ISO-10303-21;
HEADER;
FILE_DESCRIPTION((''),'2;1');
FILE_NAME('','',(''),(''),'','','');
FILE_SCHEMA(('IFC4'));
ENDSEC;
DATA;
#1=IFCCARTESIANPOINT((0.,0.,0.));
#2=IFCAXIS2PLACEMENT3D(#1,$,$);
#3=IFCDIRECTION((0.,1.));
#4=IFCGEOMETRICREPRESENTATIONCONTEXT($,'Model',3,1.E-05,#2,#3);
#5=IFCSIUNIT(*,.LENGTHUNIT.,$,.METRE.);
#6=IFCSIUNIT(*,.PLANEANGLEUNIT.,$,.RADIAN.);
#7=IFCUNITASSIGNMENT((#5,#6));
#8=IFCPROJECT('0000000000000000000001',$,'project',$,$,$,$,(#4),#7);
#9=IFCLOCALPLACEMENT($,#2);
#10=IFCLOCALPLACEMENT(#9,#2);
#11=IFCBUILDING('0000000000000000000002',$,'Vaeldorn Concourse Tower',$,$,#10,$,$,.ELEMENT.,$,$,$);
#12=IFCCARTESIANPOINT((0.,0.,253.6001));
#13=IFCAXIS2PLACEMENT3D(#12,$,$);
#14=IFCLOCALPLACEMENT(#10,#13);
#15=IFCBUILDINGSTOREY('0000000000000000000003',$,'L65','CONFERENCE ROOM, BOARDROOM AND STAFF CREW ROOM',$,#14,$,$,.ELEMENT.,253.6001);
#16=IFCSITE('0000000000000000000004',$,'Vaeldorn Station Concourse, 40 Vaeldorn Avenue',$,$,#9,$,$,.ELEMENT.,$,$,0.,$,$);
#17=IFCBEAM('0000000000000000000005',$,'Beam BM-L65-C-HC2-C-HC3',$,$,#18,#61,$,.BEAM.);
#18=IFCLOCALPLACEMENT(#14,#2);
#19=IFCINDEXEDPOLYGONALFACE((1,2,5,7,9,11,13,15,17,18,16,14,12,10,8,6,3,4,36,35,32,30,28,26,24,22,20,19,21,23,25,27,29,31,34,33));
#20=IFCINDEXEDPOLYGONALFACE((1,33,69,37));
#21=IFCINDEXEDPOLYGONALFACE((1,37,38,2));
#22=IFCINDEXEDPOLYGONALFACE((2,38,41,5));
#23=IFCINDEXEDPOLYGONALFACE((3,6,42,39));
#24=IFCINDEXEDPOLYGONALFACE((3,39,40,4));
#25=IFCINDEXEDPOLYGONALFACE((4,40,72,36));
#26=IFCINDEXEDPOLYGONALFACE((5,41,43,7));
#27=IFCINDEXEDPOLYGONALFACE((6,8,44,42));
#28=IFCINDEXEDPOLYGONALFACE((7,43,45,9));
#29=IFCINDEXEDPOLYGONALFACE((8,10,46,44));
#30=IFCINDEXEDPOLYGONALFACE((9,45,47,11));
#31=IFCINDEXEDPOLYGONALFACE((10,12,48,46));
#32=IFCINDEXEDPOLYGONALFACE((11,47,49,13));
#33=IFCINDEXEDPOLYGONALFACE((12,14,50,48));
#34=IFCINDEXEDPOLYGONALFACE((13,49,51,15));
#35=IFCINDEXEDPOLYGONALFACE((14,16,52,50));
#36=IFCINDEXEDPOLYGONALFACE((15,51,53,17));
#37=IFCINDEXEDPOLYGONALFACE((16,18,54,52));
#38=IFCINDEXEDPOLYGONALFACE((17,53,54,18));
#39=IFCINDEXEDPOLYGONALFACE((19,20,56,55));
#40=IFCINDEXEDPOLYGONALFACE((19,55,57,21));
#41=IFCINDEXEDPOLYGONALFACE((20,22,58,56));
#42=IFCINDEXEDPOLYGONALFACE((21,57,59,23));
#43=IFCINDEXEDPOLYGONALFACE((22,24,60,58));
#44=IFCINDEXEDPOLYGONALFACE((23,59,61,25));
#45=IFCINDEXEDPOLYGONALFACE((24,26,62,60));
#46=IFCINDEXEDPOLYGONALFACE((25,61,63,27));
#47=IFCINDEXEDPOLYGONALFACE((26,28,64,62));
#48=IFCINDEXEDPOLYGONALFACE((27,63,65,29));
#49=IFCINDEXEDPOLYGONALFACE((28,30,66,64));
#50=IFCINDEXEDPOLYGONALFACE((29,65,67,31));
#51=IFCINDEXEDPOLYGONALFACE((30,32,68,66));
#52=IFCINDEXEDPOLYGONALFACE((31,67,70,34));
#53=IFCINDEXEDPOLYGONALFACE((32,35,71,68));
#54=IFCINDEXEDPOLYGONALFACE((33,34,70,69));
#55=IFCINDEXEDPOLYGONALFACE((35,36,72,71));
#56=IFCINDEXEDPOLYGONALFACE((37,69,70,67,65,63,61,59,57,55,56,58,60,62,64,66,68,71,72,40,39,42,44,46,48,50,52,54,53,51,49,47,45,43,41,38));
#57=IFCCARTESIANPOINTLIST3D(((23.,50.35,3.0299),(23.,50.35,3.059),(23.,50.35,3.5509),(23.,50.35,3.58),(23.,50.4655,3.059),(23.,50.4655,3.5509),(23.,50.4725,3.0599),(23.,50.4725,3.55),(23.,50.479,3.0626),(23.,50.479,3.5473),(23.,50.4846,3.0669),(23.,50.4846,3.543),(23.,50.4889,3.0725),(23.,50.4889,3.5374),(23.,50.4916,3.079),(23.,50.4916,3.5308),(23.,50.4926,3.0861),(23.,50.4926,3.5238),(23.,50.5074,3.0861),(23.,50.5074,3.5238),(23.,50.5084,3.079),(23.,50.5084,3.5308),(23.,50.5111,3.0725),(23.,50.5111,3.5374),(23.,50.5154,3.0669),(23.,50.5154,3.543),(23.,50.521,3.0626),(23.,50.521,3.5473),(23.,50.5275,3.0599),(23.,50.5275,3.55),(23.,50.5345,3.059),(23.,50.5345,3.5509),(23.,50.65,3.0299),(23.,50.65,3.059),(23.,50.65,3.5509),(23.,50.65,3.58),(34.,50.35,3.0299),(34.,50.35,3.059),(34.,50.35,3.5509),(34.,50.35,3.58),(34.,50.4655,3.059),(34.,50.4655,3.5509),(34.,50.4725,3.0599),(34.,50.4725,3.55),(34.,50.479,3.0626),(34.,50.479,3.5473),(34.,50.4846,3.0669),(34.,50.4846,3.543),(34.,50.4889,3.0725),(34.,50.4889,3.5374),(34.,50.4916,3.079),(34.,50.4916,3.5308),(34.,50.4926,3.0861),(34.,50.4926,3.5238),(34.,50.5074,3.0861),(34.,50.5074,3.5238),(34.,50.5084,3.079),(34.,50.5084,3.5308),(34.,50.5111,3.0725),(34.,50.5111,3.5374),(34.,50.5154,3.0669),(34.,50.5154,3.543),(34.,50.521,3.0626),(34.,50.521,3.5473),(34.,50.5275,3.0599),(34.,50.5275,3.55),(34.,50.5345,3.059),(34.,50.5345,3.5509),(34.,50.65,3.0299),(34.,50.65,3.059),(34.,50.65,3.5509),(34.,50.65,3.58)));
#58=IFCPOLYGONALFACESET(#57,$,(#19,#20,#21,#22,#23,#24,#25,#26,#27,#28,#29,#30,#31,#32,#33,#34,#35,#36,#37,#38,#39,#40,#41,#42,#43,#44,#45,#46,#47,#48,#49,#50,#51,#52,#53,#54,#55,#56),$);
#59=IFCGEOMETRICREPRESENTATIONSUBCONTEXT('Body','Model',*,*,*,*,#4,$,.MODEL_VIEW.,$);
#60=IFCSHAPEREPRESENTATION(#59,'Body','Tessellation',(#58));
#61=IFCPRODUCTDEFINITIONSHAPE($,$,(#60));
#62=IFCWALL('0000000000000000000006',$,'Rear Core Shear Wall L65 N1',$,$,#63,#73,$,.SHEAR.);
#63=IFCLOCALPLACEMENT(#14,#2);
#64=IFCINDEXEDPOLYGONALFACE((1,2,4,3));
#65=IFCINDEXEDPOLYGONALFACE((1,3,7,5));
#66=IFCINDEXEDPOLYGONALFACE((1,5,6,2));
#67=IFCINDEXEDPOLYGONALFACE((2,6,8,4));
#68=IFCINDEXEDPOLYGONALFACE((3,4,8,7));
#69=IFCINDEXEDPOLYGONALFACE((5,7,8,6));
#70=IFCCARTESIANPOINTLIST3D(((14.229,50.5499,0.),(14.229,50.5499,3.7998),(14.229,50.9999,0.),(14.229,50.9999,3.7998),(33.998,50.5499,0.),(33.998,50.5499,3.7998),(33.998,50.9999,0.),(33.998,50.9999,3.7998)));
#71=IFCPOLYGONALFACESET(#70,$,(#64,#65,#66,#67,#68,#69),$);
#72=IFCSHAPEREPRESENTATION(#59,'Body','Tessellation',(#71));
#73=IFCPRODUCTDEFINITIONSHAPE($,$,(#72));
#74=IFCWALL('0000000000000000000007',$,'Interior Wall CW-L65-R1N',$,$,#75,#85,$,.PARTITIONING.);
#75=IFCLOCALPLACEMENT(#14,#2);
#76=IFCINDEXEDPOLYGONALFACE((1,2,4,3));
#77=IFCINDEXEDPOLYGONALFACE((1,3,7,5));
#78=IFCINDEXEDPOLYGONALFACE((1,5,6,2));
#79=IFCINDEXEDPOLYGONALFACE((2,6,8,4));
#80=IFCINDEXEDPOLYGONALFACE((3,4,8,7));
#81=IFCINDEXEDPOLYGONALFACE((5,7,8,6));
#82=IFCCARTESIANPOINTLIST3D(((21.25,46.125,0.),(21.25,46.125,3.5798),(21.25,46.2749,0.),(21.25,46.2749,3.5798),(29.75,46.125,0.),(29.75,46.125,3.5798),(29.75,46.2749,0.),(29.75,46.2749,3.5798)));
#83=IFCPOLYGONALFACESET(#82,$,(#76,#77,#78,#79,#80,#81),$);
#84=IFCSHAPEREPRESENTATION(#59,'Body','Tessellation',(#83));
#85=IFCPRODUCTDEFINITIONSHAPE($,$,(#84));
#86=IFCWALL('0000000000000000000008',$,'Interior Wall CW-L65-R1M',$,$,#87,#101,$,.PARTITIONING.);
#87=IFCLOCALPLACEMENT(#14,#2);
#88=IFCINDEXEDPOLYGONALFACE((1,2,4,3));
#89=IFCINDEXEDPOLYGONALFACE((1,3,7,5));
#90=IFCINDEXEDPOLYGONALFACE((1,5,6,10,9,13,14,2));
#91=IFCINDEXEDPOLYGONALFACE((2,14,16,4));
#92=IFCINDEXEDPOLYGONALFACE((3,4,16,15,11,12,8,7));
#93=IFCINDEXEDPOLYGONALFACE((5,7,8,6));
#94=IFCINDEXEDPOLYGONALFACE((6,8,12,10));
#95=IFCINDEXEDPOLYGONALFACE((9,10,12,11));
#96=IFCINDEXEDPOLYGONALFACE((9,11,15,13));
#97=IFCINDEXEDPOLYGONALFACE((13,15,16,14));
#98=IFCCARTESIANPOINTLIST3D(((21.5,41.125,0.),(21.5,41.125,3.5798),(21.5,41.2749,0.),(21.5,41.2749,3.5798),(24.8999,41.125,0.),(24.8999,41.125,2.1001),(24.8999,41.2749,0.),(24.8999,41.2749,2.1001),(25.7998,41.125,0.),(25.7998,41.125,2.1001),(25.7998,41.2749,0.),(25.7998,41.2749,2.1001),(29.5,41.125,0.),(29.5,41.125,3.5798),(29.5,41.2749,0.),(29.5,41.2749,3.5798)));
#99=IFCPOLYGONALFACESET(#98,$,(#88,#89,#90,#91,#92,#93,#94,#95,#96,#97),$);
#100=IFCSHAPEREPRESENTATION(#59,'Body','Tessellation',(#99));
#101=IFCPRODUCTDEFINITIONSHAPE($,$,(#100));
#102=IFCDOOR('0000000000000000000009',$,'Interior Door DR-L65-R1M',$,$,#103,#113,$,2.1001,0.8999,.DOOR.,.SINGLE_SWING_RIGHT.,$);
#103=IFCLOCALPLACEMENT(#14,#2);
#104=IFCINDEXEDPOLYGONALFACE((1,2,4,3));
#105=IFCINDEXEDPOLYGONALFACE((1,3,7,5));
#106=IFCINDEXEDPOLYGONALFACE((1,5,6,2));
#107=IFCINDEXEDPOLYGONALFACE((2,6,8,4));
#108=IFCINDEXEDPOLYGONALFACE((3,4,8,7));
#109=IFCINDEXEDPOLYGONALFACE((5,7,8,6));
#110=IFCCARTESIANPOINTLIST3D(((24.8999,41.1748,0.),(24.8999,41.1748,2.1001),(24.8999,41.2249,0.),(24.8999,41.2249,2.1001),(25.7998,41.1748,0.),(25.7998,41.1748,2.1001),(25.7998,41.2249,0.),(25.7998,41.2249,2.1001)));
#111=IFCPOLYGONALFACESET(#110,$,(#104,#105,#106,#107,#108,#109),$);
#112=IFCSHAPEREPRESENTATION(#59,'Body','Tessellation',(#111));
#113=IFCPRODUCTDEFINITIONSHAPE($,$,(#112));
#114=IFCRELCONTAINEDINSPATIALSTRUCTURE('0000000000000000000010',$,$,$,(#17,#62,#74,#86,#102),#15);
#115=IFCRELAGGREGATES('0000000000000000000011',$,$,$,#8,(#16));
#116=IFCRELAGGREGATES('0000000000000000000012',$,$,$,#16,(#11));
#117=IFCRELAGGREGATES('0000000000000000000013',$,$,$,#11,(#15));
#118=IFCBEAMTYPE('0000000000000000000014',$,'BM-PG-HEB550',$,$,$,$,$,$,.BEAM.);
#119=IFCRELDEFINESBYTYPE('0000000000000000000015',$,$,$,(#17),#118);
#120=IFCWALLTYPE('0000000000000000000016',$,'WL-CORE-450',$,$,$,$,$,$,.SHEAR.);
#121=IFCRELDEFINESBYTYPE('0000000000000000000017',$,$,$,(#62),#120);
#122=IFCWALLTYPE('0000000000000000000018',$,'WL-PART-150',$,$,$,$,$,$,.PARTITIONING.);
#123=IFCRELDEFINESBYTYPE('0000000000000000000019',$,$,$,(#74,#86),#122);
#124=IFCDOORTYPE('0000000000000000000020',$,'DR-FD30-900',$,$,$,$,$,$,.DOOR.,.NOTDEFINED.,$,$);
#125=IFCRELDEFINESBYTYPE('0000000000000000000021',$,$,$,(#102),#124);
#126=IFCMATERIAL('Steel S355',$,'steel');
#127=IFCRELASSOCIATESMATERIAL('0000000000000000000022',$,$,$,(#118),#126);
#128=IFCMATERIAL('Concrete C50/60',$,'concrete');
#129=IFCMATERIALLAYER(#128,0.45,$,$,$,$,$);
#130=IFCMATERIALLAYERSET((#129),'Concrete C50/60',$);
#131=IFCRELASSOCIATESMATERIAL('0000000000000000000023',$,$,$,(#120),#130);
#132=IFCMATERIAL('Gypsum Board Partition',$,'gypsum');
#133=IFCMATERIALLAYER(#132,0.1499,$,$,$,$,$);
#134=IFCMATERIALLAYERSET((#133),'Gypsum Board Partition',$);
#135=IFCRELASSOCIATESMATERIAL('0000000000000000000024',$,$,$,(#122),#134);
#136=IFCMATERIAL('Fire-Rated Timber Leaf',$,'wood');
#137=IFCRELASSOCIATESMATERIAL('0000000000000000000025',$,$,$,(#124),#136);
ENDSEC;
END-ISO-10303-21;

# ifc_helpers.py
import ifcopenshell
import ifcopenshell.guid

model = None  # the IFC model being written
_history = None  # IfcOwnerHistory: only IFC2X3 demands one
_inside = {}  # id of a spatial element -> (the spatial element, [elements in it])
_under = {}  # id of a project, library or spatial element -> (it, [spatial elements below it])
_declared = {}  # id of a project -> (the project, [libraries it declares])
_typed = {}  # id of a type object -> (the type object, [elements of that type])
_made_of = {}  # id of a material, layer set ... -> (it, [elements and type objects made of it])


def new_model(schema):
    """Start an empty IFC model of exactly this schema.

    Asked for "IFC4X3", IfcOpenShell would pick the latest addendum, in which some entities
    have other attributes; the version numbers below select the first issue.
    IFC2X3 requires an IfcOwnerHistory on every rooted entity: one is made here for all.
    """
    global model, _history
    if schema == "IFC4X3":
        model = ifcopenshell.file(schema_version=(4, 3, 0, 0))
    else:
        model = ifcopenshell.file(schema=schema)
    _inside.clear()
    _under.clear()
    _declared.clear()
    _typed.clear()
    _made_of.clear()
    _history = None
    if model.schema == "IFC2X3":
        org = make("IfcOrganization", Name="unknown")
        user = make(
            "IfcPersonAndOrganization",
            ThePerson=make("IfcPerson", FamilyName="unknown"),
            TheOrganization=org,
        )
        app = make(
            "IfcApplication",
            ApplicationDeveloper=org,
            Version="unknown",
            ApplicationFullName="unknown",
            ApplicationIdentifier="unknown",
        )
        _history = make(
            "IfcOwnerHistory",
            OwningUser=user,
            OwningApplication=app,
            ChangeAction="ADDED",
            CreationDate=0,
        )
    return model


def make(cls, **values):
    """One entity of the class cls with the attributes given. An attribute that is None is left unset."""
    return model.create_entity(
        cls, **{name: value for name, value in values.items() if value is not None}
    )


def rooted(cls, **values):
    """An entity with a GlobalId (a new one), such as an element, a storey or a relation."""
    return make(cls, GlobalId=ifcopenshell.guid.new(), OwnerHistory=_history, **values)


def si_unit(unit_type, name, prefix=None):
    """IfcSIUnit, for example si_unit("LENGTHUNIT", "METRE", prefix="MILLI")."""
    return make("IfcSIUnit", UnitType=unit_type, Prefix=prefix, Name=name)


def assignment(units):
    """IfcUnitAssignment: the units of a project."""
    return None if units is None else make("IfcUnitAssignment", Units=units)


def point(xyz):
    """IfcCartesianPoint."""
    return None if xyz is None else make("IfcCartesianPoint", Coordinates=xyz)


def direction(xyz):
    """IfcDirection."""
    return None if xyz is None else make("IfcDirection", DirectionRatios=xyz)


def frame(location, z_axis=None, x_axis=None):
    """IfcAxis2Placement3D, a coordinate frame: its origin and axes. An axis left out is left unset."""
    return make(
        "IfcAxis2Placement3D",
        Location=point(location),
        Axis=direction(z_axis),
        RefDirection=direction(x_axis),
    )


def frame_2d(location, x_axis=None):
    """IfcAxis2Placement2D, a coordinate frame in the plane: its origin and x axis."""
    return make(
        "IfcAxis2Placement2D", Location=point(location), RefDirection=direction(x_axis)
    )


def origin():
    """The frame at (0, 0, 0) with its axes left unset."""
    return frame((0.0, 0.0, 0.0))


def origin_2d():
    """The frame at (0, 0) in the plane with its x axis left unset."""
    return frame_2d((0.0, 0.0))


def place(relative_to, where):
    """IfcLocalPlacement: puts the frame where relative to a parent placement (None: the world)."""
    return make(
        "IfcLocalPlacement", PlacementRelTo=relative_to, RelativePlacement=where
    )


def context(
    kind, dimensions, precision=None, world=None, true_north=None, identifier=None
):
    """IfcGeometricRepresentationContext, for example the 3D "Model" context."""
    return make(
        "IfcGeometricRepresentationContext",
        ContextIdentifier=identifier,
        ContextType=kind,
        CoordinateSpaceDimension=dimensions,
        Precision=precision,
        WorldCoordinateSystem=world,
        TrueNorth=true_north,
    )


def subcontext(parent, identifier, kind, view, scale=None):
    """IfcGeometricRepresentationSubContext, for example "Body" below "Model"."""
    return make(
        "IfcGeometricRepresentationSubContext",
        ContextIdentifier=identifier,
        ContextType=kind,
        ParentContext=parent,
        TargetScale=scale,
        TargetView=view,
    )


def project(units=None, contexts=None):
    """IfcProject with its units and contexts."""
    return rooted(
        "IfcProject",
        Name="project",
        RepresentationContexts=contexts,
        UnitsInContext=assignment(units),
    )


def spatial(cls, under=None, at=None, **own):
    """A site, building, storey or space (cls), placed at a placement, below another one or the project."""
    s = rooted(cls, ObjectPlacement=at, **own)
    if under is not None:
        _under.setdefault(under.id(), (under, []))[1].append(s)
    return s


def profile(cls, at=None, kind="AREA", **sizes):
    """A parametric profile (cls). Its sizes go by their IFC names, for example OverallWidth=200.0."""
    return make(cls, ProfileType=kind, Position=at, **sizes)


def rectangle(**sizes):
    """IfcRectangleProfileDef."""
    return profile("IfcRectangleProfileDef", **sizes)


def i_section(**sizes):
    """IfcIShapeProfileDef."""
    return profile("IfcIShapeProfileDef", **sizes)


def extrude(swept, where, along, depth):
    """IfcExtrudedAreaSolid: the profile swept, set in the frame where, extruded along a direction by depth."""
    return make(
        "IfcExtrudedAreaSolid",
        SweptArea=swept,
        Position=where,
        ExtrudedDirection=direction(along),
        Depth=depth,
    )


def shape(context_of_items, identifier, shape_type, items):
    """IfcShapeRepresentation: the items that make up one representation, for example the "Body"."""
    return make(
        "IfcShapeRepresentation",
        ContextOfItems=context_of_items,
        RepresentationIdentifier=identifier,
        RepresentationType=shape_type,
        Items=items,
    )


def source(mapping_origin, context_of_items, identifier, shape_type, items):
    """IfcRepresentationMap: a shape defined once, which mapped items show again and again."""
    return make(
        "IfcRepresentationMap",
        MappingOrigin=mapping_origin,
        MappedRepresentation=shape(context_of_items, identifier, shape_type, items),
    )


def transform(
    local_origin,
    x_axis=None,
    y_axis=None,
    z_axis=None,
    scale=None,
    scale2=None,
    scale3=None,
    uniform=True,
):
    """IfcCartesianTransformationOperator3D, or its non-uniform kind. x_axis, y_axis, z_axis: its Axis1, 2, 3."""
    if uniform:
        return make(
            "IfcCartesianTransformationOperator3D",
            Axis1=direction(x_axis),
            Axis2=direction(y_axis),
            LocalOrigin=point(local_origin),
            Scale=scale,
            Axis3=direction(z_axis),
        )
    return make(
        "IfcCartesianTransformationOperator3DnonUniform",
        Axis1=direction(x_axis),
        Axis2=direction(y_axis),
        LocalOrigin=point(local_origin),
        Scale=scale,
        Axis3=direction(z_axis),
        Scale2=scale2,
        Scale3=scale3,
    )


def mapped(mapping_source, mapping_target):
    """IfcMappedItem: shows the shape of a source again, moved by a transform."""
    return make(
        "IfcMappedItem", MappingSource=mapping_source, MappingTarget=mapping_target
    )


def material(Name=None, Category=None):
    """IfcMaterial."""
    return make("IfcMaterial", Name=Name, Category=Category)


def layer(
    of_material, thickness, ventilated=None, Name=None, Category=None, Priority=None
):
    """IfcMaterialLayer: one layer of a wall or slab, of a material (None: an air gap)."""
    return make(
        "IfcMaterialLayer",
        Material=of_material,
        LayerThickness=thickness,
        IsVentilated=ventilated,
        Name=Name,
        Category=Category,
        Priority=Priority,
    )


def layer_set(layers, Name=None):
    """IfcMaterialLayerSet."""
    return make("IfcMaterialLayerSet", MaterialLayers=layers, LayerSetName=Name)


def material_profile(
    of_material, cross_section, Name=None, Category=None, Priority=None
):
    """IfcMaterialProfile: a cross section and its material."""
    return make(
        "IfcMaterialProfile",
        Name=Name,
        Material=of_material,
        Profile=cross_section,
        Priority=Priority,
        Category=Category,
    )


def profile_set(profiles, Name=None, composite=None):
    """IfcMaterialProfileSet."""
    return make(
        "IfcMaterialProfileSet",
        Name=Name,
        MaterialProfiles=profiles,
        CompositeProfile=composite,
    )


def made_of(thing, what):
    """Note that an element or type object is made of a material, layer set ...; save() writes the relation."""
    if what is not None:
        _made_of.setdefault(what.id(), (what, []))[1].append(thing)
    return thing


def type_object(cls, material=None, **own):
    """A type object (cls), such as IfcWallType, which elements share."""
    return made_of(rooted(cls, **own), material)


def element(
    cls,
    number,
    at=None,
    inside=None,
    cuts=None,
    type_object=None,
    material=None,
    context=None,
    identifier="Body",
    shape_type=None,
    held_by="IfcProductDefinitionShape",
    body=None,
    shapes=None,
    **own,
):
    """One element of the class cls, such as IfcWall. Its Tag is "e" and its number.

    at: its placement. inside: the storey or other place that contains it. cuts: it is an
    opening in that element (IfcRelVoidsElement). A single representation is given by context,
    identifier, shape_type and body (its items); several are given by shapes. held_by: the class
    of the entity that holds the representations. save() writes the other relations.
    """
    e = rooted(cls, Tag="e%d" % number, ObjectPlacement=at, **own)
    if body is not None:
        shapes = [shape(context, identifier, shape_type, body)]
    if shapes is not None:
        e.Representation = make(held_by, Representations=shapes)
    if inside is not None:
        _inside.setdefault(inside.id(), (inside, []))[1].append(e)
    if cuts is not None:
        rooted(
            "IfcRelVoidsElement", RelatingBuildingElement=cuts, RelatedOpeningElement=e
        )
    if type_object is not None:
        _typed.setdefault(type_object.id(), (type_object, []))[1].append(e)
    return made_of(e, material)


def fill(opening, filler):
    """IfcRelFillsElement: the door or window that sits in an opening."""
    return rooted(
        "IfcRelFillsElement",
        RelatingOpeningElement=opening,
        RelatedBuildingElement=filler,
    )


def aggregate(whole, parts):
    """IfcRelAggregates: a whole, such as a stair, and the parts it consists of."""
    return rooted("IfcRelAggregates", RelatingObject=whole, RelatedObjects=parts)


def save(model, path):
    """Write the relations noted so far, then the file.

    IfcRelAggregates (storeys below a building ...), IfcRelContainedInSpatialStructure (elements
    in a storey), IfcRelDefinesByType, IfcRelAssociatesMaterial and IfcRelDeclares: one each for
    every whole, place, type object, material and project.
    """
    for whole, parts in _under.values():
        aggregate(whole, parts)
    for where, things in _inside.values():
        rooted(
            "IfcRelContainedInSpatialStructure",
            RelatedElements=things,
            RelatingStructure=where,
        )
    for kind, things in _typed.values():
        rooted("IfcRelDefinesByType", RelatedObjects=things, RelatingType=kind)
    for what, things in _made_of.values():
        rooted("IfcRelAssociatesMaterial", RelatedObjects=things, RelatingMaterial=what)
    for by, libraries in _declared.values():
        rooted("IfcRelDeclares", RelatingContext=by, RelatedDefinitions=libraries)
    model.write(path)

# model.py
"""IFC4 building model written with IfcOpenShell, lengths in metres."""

from ifc_helpers import new_model, si_unit, direction, frame, frame_2d, origin, origin_2d, place, context, subcontext, project, spatial, rectangle, i_section, extrude, source, transform, mapped, material, layer, layer_set, material_profile, profile_set, type_object, element, fill, save


model = new_model("IFC4")

# Units and contexts
model_context = context("Model", 3, precision=1e-05, world=origin(), true_north=direction((0.0, 1.0)))
body_context = subcontext(model_context, "Body", "Model", "MODEL_VIEW")
ifc_project = project(units=[si_unit("LENGTHUNIT", "METRE"), si_unit("PLANEANGLEUNIT", "RADIAN")], contexts=[model_context])

# Site, building, storey
site_placement = place(None, origin())
site = spatial("IfcSite", under=ifc_project, at=site_placement, Name="Vaeldorn Station Concourse, 40 Vaeldorn Avenue", CompositionType="ELEMENT", RefElevation=0.0)
building_placement = place(site_placement, origin())
building = spatial("IfcBuilding", under=site, at=building_placement, Name="Vaeldorn Concourse Tower", CompositionType="ELEMENT")
storey_placement = place(building_placement, frame((0.0, 0.0, 253.6001)))
storey = spatial("IfcBuildingStorey", under=building, at=storey_placement, Name="L65", Description="CONFERENCE ROOM, BOARDROOM AND STAFF CREW ROOM", CompositionType="ELEMENT", Elevation=253.6001)

# Beam
ifc_material_1 = material(Name="Steel S355", Category="steel")
ifc_material_profile_1 = material_profile(ifc_material_1, i_section(OverallWidth=0.3, OverallDepth=0.55, WebThickness=0.0149, FlangeThickness=0.0291, FilletRadius=0.0271, at=origin_2d()), Name="HEB 550")
ifc_profile_set_1 = profile_set([ifc_material_profile_1], Name="Steel S355")
beam_type_1 = type_object("IfcBeamType", Name="BM-PG-HEB550", PredefinedType="BEAM", material=ifc_profile_set_1)
shared_shape_1 = source(origin(), body_context, "Body", "SweptSolid", [
    extrude(i_section(OverallWidth=0.3, OverallDepth=0.55, WebThickness=0.0149, FlangeThickness=0.0291, FilletRadius=0.0271, at=origin_2d()), origin(), (0.0, 0.0, 1.0), 11.0),
])
beam_1_placement = place(storey_placement, frame((23.0, 50.5, 3.3049), z_axis=(1.0, 0.0, 0.0), x_axis=(0.0, 1.0, 0.0)))
element("IfcBeam", 1, at=beam_1_placement, inside=storey, type_object=beam_type_1, Name="Beam BM-L65-C-HC2-C-HC3", PredefinedType="BEAM", context=body_context, shape_type="MappedRepresentation", body=[
    mapped(shared_shape_1, transform((0.0, 0.0, 0.0), scale=1.0)),
])

# Walls
ifc_material_2 = material(Name="Concrete C50/60", Category="concrete")
ifc_layer_1 = layer(ifc_material_2, 0.45)
ifc_layer_set_1 = layer_set([ifc_layer_1], Name="Concrete C50/60")
wall_type_1 = type_object("IfcWallType", Name="WL-CORE-450", PredefinedType="SHEAR", material=ifc_layer_set_1)
wall_1_placement = place(storey_placement, frame((14.229, 50.7749, 0.0), z_axis=(0.0, 0.0, 1.0), x_axis=(1.0, 0.0, 0.0)))
element("IfcWall", 2, at=wall_1_placement, inside=storey, type_object=wall_type_1, Name="Rear Core Shear Wall L65 N1", PredefinedType="SHEAR", context=body_context, shape_type="SweptSolid", body=[
    extrude(rectangle(XDim=19.769, YDim=0.45, at=frame_2d((9.8845, 0.0))), origin(), (0.0, 0.0, 1.0), 3.7998),
])
ifc_material_3 = material(Name="Gypsum Board Partition", Category="gypsum")
ifc_layer_2 = layer(ifc_material_3, 0.1499)
ifc_layer_set_2 = layer_set([ifc_layer_2], Name="Gypsum Board Partition")
wall_type_2 = type_object("IfcWallType", Name="WL-PART-150", PredefinedType="PARTITIONING", material=ifc_layer_set_2)
wall_2_placement = place(storey_placement, frame((21.25, 46.2, 0.0), z_axis=(0.0, 0.0, 1.0), x_axis=(1.0, 0.0, 0.0)))
element("IfcWall", 3, at=wall_2_placement, inside=storey, type_object=wall_type_2, Name="Interior Wall CW-L65-R1N", PredefinedType="PARTITIONING", context=body_context, shape_type="SweptSolid", body=[
    extrude(rectangle(XDim=8.5, YDim=0.1499, at=frame_2d((4.25, 0.0))), origin(), (0.0, 0.0, 1.0), 3.5798),
])

# Wall, opening, door
wall_3_placement = place(storey_placement, frame((21.5, 41.2, 0.0), z_axis=(0.0, 0.0, 1.0), x_axis=(1.0, 0.0, 0.0)))
wall_3 = element("IfcWall", 4, at=wall_3_placement, inside=storey, type_object=wall_type_2, Name="Interior Wall CW-L65-R1M", PredefinedType="PARTITIONING", context=body_context, shape_type="SweptSolid", body=[
    extrude(rectangle(XDim=8.0, YDim=0.1499, at=frame_2d((4.0, 0.0))), origin(), (0.0, 0.0, 1.0), 3.5798),
])
opening_1_placement = place(wall_3_placement, frame((3.3999, 0.0, 0.0)))
opening_1 = element("IfcOpeningElement", 5, at=opening_1_placement, cuts=wall_3, PredefinedType="OPENING", context=body_context, shape_type="SweptSolid", body=[
    extrude(rectangle(XDim=0.8999, YDim=2.1001, at=frame_2d((0.45, 1.05))), frame((0.0, 0.085, 0.0), z_axis=(0.0, -1.0, 0.0), x_axis=(1.0, 0.0, 0.0)), (0.0, 0.0, 1.0), 0.1699),
])
ifc_material_4 = material(Name="Fire-Rated Timber Leaf", Category="wood")
door_type_1 = type_object("IfcDoorType", Name="DR-FD30-900", OperationType="NOTDEFINED", PredefinedType="DOOR", material=ifc_material_4)
shared_shape_2 = source(origin(), body_context, "Body", "SweptSolid", [
    extrude(rectangle(XDim=0.8999, YDim=2.1001, at=frame_2d((0.45, 1.05))), frame((0.0, 0.0249, 0.0), z_axis=(0.0, -1.0, 0.0), x_axis=(1.0, 0.0, 0.0)), (0.0, 0.0, 1.0), 0.05),
])
door_1_placement = place(opening_1_placement, origin())
door_1 = element("IfcDoor", 6, at=door_1_placement, inside=storey, type_object=door_type_1, Name="Interior Door DR-L65-R1M", OperationType="SINGLE_SWING_RIGHT", OverallHeight=2.1001, OverallWidth=0.8999, PredefinedType="DOOR", context=body_context, shape_type="MappedRepresentation", body=[
    mapped(shared_shape_2, transform((0.0, 0.0, 0.0), scale=1.0)),
])
fill(opening_1, door_1)

save(model, "model.ifc")
